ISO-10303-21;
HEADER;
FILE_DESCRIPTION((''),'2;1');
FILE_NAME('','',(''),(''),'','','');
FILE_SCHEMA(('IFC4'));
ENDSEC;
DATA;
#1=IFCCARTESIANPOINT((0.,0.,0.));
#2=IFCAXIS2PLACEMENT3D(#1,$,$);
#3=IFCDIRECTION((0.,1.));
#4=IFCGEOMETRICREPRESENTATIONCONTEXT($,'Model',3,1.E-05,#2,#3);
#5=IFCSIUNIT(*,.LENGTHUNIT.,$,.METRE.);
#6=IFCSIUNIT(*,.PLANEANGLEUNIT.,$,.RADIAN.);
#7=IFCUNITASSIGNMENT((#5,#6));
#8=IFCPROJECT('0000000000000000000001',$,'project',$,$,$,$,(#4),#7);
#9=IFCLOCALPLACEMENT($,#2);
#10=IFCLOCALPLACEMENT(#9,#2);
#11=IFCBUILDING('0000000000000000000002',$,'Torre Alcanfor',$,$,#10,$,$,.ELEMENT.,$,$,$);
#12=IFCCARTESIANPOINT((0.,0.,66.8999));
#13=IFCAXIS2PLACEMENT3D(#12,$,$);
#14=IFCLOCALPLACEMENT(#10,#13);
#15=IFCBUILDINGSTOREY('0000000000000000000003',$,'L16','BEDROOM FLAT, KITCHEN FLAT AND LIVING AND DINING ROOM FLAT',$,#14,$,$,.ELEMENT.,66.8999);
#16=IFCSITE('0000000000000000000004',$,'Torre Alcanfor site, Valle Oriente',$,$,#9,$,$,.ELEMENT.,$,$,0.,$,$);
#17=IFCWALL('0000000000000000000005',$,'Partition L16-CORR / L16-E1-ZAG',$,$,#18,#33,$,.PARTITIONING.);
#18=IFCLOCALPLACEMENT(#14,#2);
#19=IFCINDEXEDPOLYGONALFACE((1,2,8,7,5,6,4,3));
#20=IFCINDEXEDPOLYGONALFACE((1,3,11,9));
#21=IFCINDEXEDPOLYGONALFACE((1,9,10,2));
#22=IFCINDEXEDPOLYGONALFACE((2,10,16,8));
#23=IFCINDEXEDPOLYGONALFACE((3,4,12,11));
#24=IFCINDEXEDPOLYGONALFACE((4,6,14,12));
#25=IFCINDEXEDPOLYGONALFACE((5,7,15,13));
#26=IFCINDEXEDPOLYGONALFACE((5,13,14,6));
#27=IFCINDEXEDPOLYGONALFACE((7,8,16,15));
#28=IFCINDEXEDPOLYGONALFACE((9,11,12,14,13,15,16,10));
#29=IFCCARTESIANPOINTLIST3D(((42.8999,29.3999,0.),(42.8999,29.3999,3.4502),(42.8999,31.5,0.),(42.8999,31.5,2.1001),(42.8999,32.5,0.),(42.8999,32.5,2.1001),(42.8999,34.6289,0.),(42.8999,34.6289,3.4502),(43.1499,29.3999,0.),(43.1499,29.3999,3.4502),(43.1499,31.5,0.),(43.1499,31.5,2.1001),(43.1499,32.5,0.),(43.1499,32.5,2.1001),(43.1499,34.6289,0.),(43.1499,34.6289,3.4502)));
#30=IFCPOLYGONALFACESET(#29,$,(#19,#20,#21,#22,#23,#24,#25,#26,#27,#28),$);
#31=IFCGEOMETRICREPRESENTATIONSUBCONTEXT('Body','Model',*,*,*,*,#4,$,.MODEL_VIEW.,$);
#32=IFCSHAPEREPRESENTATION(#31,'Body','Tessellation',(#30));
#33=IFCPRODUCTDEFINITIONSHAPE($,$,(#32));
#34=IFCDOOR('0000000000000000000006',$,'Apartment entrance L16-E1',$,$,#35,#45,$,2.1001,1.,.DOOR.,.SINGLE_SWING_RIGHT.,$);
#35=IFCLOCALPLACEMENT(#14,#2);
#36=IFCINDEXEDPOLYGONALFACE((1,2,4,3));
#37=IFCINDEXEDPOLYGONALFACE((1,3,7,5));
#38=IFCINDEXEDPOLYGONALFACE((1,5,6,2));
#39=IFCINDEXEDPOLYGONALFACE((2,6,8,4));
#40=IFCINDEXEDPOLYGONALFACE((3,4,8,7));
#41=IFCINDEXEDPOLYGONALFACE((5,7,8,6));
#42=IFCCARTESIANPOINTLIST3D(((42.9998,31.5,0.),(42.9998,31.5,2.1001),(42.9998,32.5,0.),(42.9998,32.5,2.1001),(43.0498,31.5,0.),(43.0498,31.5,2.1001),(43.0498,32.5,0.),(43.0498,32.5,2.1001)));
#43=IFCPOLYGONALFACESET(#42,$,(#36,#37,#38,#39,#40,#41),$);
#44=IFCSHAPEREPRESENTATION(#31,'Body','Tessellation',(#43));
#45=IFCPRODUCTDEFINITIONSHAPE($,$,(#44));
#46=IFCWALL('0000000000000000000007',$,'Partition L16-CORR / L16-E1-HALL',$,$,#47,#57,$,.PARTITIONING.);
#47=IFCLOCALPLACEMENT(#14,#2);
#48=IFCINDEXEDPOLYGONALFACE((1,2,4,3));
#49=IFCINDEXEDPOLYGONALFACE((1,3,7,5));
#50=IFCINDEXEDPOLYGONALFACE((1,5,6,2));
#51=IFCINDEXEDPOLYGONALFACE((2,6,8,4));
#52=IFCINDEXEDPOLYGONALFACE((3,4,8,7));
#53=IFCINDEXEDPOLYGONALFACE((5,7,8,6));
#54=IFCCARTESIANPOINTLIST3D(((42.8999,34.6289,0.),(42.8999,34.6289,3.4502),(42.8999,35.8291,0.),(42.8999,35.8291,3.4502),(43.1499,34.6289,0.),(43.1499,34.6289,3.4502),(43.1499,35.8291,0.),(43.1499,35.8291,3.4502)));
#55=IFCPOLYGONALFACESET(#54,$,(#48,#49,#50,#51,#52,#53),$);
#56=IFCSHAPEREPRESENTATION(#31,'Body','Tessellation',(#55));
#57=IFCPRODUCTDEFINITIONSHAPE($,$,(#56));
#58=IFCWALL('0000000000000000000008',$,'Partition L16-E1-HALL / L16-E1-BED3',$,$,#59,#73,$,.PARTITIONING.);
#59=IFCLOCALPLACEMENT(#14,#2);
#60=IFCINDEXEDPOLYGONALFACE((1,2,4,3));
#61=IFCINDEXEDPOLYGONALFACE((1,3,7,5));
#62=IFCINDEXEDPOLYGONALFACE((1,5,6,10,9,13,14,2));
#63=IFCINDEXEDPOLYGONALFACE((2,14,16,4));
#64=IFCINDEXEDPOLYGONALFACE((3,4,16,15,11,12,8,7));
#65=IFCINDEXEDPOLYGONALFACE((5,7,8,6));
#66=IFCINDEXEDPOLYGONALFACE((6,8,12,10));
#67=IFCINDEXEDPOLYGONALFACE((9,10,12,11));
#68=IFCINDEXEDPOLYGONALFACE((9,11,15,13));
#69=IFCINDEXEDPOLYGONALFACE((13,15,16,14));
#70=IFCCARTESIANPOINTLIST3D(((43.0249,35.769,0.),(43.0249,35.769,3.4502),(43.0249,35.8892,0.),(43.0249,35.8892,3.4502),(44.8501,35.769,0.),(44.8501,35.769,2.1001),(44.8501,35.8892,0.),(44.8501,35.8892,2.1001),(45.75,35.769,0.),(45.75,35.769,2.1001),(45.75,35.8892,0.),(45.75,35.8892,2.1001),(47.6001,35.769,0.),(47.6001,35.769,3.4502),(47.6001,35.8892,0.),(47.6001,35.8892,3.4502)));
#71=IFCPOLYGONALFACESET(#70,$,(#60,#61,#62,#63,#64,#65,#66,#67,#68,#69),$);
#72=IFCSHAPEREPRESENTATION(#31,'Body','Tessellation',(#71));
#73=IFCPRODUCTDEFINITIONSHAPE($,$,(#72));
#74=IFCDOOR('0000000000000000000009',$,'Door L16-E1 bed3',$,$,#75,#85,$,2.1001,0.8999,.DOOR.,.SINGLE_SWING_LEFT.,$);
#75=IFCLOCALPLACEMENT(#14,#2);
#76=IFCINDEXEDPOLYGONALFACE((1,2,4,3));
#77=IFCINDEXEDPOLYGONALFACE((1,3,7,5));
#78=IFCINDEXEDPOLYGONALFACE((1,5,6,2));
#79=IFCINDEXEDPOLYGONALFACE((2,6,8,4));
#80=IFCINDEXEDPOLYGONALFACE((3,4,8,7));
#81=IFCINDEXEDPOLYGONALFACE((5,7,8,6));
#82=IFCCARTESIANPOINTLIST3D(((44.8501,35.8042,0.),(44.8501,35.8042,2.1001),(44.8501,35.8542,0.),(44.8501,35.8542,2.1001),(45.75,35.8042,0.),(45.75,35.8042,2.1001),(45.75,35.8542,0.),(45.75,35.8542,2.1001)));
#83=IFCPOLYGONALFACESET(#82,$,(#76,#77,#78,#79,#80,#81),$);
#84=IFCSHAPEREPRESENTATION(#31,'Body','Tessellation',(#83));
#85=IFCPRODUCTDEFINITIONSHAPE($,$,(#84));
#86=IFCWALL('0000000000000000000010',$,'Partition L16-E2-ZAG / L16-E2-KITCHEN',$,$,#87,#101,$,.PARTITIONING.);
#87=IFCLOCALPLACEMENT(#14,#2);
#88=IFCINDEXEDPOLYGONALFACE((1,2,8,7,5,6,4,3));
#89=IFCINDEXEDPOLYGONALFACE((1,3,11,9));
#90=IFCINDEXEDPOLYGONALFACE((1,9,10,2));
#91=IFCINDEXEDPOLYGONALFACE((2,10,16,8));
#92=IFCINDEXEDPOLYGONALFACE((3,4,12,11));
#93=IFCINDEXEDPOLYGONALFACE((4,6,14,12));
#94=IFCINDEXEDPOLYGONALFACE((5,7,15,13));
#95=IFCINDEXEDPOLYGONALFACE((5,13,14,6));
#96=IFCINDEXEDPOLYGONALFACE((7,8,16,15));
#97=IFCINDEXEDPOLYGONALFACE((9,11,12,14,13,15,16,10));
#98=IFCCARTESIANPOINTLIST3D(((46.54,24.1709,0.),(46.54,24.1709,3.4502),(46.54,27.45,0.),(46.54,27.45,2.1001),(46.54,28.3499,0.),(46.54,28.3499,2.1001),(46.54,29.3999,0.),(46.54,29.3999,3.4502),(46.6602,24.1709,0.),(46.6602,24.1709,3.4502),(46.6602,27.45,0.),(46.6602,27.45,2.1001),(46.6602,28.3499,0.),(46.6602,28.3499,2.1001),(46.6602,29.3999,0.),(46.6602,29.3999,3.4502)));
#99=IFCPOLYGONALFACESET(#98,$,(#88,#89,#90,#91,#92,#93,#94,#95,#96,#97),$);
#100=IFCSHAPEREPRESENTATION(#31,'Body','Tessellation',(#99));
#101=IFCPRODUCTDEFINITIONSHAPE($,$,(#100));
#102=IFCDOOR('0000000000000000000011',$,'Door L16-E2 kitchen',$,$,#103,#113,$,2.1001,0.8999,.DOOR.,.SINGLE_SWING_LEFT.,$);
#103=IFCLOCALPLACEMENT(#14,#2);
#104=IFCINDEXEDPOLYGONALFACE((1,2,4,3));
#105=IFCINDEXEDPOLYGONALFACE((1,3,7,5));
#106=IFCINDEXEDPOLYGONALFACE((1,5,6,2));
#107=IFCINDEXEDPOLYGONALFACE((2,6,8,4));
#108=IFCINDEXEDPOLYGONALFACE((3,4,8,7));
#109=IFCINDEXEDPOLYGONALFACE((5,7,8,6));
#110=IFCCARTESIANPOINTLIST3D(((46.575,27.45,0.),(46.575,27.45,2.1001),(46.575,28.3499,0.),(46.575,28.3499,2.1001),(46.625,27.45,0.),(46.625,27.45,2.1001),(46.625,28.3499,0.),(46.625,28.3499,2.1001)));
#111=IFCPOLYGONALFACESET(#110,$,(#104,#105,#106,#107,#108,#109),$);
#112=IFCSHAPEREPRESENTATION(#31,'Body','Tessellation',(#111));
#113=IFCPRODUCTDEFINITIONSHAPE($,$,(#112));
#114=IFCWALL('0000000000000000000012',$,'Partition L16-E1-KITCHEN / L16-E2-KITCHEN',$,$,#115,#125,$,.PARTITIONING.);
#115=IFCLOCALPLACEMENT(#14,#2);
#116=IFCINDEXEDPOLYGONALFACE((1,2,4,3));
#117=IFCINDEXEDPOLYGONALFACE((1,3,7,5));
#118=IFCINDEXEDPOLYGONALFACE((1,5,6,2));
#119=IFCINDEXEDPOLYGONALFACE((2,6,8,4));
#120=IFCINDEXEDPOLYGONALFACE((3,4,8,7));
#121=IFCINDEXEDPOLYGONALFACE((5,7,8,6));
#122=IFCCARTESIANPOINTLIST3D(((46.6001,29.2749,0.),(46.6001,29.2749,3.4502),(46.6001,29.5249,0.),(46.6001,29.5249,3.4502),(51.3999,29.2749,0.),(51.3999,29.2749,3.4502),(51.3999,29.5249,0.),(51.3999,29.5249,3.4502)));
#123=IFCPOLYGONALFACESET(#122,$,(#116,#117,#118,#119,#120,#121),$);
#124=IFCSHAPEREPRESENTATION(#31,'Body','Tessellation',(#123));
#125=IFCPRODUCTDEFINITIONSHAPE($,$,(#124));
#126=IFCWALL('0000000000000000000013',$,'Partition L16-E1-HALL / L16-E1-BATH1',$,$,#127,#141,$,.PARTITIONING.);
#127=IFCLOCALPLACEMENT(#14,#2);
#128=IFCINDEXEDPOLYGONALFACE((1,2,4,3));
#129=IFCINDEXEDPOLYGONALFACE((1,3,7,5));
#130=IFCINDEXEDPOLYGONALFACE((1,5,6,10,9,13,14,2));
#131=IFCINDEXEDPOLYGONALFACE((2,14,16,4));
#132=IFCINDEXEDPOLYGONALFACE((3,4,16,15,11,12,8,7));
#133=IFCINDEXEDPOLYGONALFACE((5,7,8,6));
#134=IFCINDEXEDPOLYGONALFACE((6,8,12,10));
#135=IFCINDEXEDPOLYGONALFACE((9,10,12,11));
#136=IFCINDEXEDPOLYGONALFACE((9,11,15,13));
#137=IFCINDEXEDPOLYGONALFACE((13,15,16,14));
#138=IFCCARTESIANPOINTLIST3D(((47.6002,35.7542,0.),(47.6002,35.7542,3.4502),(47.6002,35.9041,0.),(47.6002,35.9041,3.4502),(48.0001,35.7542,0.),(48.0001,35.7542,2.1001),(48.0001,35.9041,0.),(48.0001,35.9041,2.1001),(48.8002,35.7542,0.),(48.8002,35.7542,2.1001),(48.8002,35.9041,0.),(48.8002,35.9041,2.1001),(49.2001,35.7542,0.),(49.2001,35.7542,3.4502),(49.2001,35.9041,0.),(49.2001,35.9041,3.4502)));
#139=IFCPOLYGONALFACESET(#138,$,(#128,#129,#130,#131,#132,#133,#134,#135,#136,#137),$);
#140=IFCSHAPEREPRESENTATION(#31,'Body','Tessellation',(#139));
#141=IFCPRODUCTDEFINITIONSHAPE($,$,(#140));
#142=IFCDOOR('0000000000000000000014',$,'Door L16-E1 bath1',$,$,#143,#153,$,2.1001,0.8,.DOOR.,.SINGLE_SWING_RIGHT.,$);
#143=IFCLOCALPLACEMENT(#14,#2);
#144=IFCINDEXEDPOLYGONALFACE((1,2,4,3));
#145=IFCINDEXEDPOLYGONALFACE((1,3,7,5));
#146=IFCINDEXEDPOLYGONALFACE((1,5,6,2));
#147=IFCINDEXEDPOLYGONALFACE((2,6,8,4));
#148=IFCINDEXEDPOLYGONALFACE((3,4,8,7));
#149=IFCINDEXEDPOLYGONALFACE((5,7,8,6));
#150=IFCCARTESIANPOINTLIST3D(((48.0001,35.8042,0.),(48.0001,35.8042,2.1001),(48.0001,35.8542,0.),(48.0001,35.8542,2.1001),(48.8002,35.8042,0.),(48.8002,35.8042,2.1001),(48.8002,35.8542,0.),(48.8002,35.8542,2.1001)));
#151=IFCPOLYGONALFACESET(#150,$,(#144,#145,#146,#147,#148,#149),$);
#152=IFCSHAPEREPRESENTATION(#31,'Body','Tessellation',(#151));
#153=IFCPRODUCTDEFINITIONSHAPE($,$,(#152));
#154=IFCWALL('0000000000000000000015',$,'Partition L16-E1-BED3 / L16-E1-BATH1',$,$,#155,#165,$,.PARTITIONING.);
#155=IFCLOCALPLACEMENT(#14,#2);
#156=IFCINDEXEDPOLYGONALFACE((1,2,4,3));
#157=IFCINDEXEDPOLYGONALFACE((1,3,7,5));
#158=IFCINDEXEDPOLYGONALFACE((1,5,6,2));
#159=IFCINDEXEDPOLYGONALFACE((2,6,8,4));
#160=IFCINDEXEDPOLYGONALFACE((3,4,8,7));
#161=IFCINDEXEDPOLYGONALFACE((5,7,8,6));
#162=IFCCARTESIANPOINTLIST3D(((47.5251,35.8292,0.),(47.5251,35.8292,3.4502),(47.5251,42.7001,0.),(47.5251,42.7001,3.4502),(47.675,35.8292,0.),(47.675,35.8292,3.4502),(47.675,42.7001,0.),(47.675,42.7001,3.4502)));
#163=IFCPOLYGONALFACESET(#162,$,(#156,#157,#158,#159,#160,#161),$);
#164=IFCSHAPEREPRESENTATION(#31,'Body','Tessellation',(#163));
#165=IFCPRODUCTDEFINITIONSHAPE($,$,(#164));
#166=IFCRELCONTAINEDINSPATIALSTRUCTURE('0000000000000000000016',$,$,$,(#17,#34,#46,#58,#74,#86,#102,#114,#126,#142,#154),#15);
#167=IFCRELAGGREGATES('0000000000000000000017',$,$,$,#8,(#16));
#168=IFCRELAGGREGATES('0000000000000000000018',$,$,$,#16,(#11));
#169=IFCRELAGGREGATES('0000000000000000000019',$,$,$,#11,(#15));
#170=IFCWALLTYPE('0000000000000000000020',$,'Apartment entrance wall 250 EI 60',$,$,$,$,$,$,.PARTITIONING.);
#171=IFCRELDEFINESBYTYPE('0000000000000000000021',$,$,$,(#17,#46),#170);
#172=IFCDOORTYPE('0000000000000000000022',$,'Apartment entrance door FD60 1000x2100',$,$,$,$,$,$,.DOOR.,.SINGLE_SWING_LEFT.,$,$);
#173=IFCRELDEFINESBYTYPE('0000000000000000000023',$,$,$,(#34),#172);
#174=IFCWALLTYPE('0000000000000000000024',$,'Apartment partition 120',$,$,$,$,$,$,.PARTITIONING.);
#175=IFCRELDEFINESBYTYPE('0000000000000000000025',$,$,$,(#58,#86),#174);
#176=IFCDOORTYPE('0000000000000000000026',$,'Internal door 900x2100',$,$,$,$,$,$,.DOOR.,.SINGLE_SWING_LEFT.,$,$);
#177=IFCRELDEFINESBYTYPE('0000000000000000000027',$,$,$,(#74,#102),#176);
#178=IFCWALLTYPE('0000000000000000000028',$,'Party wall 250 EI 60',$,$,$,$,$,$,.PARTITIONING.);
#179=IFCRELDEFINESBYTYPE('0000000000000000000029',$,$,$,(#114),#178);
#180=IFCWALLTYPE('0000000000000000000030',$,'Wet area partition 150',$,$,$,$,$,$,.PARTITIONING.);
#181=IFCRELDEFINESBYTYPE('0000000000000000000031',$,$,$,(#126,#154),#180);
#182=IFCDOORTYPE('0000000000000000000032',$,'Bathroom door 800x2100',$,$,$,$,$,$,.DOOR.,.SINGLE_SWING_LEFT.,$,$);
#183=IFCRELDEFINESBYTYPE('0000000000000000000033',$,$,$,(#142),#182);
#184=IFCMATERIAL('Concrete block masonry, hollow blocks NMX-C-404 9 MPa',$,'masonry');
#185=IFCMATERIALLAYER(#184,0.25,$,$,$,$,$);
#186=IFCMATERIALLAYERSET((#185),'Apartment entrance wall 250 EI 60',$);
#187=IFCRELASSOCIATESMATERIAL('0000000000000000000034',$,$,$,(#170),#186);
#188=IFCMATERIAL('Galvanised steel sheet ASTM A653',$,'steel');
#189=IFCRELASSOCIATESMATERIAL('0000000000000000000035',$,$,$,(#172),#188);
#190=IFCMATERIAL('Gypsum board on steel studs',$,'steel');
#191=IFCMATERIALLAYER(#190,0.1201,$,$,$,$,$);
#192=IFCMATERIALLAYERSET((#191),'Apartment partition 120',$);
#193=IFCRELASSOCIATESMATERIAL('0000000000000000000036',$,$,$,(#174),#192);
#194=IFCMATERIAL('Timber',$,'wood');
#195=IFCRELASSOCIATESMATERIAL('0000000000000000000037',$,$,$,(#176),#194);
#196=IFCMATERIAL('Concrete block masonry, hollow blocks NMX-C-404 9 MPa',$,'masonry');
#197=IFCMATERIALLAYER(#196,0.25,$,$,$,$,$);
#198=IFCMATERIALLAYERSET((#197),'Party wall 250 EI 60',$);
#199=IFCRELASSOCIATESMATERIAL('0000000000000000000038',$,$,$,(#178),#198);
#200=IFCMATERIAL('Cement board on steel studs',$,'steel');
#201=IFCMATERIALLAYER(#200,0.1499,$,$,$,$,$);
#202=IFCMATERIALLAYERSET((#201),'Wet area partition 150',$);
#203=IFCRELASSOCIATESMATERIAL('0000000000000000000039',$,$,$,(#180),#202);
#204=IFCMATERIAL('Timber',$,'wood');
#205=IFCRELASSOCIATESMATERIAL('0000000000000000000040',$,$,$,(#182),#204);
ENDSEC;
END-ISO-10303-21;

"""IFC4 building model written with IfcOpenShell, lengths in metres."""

from ifc_helpers import new_model, si_unit, direction, frame, frame_2d, origin, place, context, subcontext, project, spatial, rectangle, extrude, material, layer, layer_set, type_object, element, fill, save


model = new_model("IFC4")

# Units and contexts
model_context = context("Model", 3, precision=1e-05, world=origin(), true_north=direction((0.0, 1.0)))
body_context = subcontext(model_context, "Body", "Model", "MODEL_VIEW")
ifc_project = project(units=[si_unit("LENGTHUNIT", "METRE"), si_unit("PLANEANGLEUNIT", "RADIAN")], contexts=[model_context])

# Site, building, storey
site_placement = place(None, origin())
site = spatial("IfcSite", under=ifc_project, at=site_placement, Name="Torre Alcanfor site, Valle Oriente", CompositionType="ELEMENT", RefElevation=0.0)
building_placement = place(site_placement, origin())
building = spatial("IfcBuilding", under=site, at=building_placement, Name="Torre Alcanfor", CompositionType="ELEMENT")
storey_placement = place(building_placement, frame((0.0, 0.0, 66.8999)))
storey = spatial("IfcBuildingStorey", under=building, at=storey_placement, Name="L16", Description="BEDROOM FLAT, KITCHEN FLAT AND LIVING AND DINING ROOM FLAT", CompositionType="ELEMENT", Elevation=66.8999)

# Wall, opening, door
ifc_material_1 = material(Name="Concrete block masonry, hollow blocks NMX-C-404 9 MPa", Category="masonry")
ifc_layer_1 = layer(ifc_material_1, 0.25)
ifc_layer_set_1 = layer_set([ifc_layer_1], Name="Apartment entrance wall 250 EI 60")
wall_type_1 = type_object("IfcWallType", Name="Apartment entrance wall 250 EI 60", PredefinedType="PARTITIONING", material=ifc_layer_set_1)
wall_1_placement = place(storey_placement, frame((43.0249, 34.6289, 0.0), z_axis=(0.0, 0.0, 1.0), x_axis=(0.0, -1.0, 0.0)))
wall_1 = element("IfcWall", 1, at=wall_1_placement, inside=storey, type_object=wall_type_1, Name="Partition L16-CORR / L16-E1-ZAG", PredefinedType="PARTITIONING", context=body_context, shape_type="SweptSolid", body=[
    extrude(rectangle(XDim=5.229, YDim=0.25, at=frame_2d((2.6145, 0.0))), origin(), (0.0, 0.0, 1.0), 3.4502),
])
opening_1_placement = place(wall_1_placement, frame((2.1289, 0.0, 0.0)))
opening_1 = element("IfcOpeningElement", 2, at=opening_1_placement, cuts=wall_1, PredefinedType="OPENING", context=body_context, shape_type="SweptSolid", body=[
    extrude(rectangle(XDim=1.0, YDim=2.1001, at=frame_2d((0.5, 1.05))), frame((0.0, 0.135, 0.0), z_axis=(0.0, -1.0, 0.0), x_axis=(1.0, 0.0, 0.0)), (0.0, 0.0, 1.0), 0.27),
])
ifc_material_2 = material(Name="Galvanised steel sheet ASTM A653", Category="steel")
door_type_1 = type_object("IfcDoorType", Name="Apartment entrance door FD60 1000x2100", OperationType="SINGLE_SWING_LEFT", PredefinedType="DOOR", material=ifc_material_2)
door_1_placement = place(opening_1_placement, origin())
door_1 = element("IfcDoor", 3, at=door_1_placement, inside=storey, type_object=door_type_1, Name="Apartment entrance L16-E1", OperationType="SINGLE_SWING_RIGHT", OverallHeight=2.1001, OverallWidth=1.0, PredefinedType="DOOR", context=body_context, shape_type="SweptSolid", body=[
    extrude(rectangle(XDim=1.0, YDim=2.1001, at=frame_2d((0.5, 1.05))), frame((0.0, 0.0249, 0.0), z_axis=(0.0, -1.0, 0.0), x_axis=(1.0, 0.0, 0.0)), (0.0, 0.0, 1.0), 0.05),
])
fill(opening_1, door_1)

# Wall
wall_2_placement = place(storey_placement, frame((43.0249, 35.8291, 0.0), z_axis=(0.0, 0.0, 1.0), x_axis=(0.0, -1.0, 0.0)))
element("IfcWall", 4, at=wall_2_placement, inside=storey, type_object=wall_type_1, Name="Partition L16-CORR / L16-E1-HALL", PredefinedType="PARTITIONING", context=body_context, shape_type="SweptSolid", body=[
    extrude(rectangle(XDim=1.2002, YDim=0.25, at=frame_2d((0.6001, 0.0))), origin(), (0.0, 0.0, 1.0), 3.4502),
])

# Walls, openings, doors
ifc_material_3 = material(Name="Gypsum board on steel studs", Category="steel")
ifc_layer_2 = layer(ifc_material_3, 0.1201)
ifc_layer_set_2 = layer_set([ifc_layer_2], Name="Apartment partition 120")
wall_type_2 = type_object("IfcWallType", Name="Apartment partition 120", PredefinedType="PARTITIONING", material=ifc_layer_set_2)
wall_3_placement = place(storey_placement, frame((47.6001, 35.8291, 0.0), z_axis=(0.0, 0.0, 1.0), x_axis=(-1.0, 0.0, 0.0)))
wall_3 = element("IfcWall", 5, at=wall_3_placement, inside=storey, type_object=wall_type_2, Name="Partition L16-E1-HALL / L16-E1-BED3", PredefinedType="PARTITIONING", context=body_context, shape_type="SweptSolid", body=[
    extrude(rectangle(XDim=4.5752, YDim=0.1201, at=frame_2d((2.2876, 0.0))), origin(), (0.0, 0.0, 1.0), 3.4502),
])
opening_2_placement = place(wall_3_placement, frame((1.8501, 0.0, 0.0)))
opening_2 = element("IfcOpeningElement", 6, at=opening_2_placement, cuts=wall_3, PredefinedType="OPENING", context=body_context, shape_type="SweptSolid", body=[
    extrude(rectangle(XDim=0.8999, YDim=2.1001, at=frame_2d((0.45, 1.05))), frame((0.0, 0.0701, 0.0), z_axis=(0.0, -1.0, 0.0), x_axis=(1.0, 0.0, 0.0)), (0.0, 0.0, 1.0), 0.1401),
])
ifc_material_4 = material(Name="Timber", Category="wood")
door_type_2 = type_object("IfcDoorType", Name="Internal door 900x2100", OperationType="SINGLE_SWING_LEFT", PredefinedType="DOOR", material=ifc_material_4)
door_2_placement = place(opening_2_placement, frame((0.8999, 0.0, 0.0), z_axis=(0.0, 0.0, 1.0), x_axis=(-1.0, 0.0, 0.0)))
door_2 = element("IfcDoor", 7, at=door_2_placement, inside=storey, type_object=door_type_2, Name="Door L16-E1 bed3", OperationType="SINGLE_SWING_LEFT", OverallHeight=2.1001, OverallWidth=0.8999, PredefinedType="DOOR", context=body_context, shape_type="SweptSolid", body=[
    extrude(rectangle(XDim=0.8999, YDim=2.1001, at=frame_2d((0.45, 1.05))), frame((0.0, 0.0251, 0.0), z_axis=(0.0, -1.0, 0.0), x_axis=(1.0, 0.0, 0.0)), (0.0, 0.0, 1.0), 0.05),
])
fill(opening_2, door_2)
wall_4_placement = place(storey_placement, frame((46.6001, 29.3999, 0.0), z_axis=(0.0, 0.0, 1.0), x_axis=(0.0, -1.0, 0.0)))
wall_4 = element("IfcWall", 8, at=wall_4_placement, inside=storey, type_object=wall_type_2, Name="Partition L16-E2-ZAG / L16-E2-KITCHEN", PredefinedType="PARTITIONING", context=body_context, shape_type="SweptSolid", body=[
    extrude(rectangle(XDim=5.229, YDim=0.1201, at=frame_2d((2.6145, 0.0))), origin(), (0.0, 0.0, 1.0), 3.4502),
])
opening_3_placement = place(wall_4_placement, frame((1.05, 0.0, 0.0)))
opening_3 = element("IfcOpeningElement", 9, at=opening_3_placement, cuts=wall_4, PredefinedType="OPENING", context=body_context, shape_type="SweptSolid", body=[
    extrude(rectangle(XDim=0.8999, YDim=2.1001, at=frame_2d((0.45, 1.05))), frame((0.0, 0.0701, 0.0), z_axis=(0.0, -1.0, 0.0), x_axis=(1.0, 0.0, 0.0)), (0.0, 0.0, 1.0), 0.1401),
])
door_3_placement = place(opening_3_placement, origin())
door_3 = element("IfcDoor", 10, at=door_3_placement, inside=storey, type_object=door_type_2, Name="Door L16-E2 kitchen", OperationType="SINGLE_SWING_LEFT", OverallHeight=2.1001, OverallWidth=0.8999, PredefinedType="DOOR", context=body_context, shape_type="SweptSolid", body=[
    extrude(rectangle(XDim=0.8999, YDim=2.1001, at=frame_2d((0.45, 1.05))), frame((0.0, 0.0249, 0.0), z_axis=(0.0, -1.0, 0.0), x_axis=(1.0, 0.0, 0.0)), (0.0, 0.0, 1.0), 0.05),
])
fill(opening_3, door_3)

# Wall
ifc_material_5 = material(Name="Concrete block masonry, hollow blocks NMX-C-404 9 MPa", Category="masonry")
ifc_layer_3 = layer(ifc_material_5, 0.25)
ifc_layer_set_3 = layer_set([ifc_layer_3], Name="Party wall 250 EI 60")
wall_type_3 = type_object("IfcWallType", Name="Party wall 250 EI 60", PredefinedType="PARTITIONING", material=ifc_layer_set_3)
wall_5_placement = place(storey_placement, frame((46.6001, 29.3999, 0.0), z_axis=(0.0, 0.0, 1.0), x_axis=(1.0, 0.0, 0.0)))
element("IfcWall", 11, at=wall_5_placement, inside=storey, type_object=wall_type_3, Name="Partition L16-E1-KITCHEN / L16-E2-KITCHEN", PredefinedType="PARTITIONING", context=body_context, shape_type="SweptSolid", body=[
    extrude(rectangle(XDim=4.7998, YDim=0.25, at=frame_2d((2.3999, 0.0))), origin(), (0.0, 0.0, 1.0), 3.4502),
])

# Wall, opening, door
ifc_material_6 = material(Name="Cement board on steel studs", Category="steel")
ifc_layer_4 = layer(ifc_material_6, 0.1499)
ifc_layer_set_4 = layer_set([ifc_layer_4], Name="Wet area partition 150")
wall_type_4 = type_object("IfcWallType", Name="Wet area partition 150", PredefinedType="PARTITIONING", material=ifc_layer_set_4)
wall_6_placement = place(storey_placement, frame((49.2, 35.8291, 0.0), z_axis=(0.0, 0.0, 1.0), x_axis=(-1.0, 0.0, 0.0)))
wall_6 = element("IfcWall", 12, at=wall_6_placement, inside=storey, type_object=wall_type_4, Name="Partition L16-E1-HALL / L16-E1-BATH1", PredefinedType="PARTITIONING", context=body_context, shape_type="SweptSolid", body=[
    extrude(rectangle(XDim=1.5999, YDim=0.1499, at=frame_2d((0.7998, 0.0))), origin(), (0.0, 0.0, 1.0), 3.4502),
])
opening_4_placement = place(wall_6_placement, frame((0.3999, 0.0, 0.0)))
opening_4 = element("IfcOpeningElement", 13, at=opening_4_placement, cuts=wall_6, PredefinedType="OPENING", context=body_context, shape_type="SweptSolid", body=[
    extrude(rectangle(XDim=0.8, YDim=2.1001, at=frame_2d((0.3999, 1.05))), frame((0.0, 0.085, 0.0), z_axis=(0.0, -1.0, 0.0), x_axis=(1.0, 0.0, 0.0)), (0.0, 0.0, 1.0), 0.1699),
])
ifc_material_7 = material(Name="Timber", Category="wood")
door_type_3 = type_object("IfcDoorType", Name="Bathroom door 800x2100", OperationType="SINGLE_SWING_LEFT", PredefinedType="DOOR", material=ifc_material_7)
door_4_placement = place(opening_4_placement, frame((0.8, 0.0, 0.0), z_axis=(0.0, 0.0, 1.0), x_axis=(-1.0, 0.0, 0.0)))
door_4 = element("IfcDoor", 14, at=door_4_placement, inside=storey, type_object=door_type_3, Name="Door L16-E1 bath1", OperationType="SINGLE_SWING_RIGHT", OverallHeight=2.1001, OverallWidth=0.8, PredefinedType="DOOR", context=body_context, shape_type="SweptSolid", body=[
    extrude(rectangle(XDim=0.8, YDim=2.1001, at=frame_2d((0.4001, 1.05))), frame((0.0, 0.0251, 0.0), z_axis=(0.0, -1.0, 0.0), x_axis=(1.0, 0.0, 0.0)), (0.0, 0.0, 1.0), 0.05),
])
fill(opening_4, door_4)

# Wall
for number, where, z_axis, x_axis, name in (
    (15, (47.6001, 35.8291, 0.0), (0.0, 0.0, 1.0), (0.0, 1.0, 0.0), "Partition L16-E1-BED3 / L16-E1-BATH1"),
):
    element("IfcWall", number, at=place(storey_placement, frame(where, z_axis=z_axis, x_axis=x_axis)), inside=storey, type_object=wall_type_4, Name=name, PredefinedType="PARTITIONING", context=body_context, shape_type="SweptSolid", body=[
        extrude(rectangle(XDim=6.8708, YDim=0.1499, at=frame_2d((3.4355, 0.0))), origin(), (0.0, 0.0, 1.0), 3.4502),
    ])

save(model, "model.ifc")
